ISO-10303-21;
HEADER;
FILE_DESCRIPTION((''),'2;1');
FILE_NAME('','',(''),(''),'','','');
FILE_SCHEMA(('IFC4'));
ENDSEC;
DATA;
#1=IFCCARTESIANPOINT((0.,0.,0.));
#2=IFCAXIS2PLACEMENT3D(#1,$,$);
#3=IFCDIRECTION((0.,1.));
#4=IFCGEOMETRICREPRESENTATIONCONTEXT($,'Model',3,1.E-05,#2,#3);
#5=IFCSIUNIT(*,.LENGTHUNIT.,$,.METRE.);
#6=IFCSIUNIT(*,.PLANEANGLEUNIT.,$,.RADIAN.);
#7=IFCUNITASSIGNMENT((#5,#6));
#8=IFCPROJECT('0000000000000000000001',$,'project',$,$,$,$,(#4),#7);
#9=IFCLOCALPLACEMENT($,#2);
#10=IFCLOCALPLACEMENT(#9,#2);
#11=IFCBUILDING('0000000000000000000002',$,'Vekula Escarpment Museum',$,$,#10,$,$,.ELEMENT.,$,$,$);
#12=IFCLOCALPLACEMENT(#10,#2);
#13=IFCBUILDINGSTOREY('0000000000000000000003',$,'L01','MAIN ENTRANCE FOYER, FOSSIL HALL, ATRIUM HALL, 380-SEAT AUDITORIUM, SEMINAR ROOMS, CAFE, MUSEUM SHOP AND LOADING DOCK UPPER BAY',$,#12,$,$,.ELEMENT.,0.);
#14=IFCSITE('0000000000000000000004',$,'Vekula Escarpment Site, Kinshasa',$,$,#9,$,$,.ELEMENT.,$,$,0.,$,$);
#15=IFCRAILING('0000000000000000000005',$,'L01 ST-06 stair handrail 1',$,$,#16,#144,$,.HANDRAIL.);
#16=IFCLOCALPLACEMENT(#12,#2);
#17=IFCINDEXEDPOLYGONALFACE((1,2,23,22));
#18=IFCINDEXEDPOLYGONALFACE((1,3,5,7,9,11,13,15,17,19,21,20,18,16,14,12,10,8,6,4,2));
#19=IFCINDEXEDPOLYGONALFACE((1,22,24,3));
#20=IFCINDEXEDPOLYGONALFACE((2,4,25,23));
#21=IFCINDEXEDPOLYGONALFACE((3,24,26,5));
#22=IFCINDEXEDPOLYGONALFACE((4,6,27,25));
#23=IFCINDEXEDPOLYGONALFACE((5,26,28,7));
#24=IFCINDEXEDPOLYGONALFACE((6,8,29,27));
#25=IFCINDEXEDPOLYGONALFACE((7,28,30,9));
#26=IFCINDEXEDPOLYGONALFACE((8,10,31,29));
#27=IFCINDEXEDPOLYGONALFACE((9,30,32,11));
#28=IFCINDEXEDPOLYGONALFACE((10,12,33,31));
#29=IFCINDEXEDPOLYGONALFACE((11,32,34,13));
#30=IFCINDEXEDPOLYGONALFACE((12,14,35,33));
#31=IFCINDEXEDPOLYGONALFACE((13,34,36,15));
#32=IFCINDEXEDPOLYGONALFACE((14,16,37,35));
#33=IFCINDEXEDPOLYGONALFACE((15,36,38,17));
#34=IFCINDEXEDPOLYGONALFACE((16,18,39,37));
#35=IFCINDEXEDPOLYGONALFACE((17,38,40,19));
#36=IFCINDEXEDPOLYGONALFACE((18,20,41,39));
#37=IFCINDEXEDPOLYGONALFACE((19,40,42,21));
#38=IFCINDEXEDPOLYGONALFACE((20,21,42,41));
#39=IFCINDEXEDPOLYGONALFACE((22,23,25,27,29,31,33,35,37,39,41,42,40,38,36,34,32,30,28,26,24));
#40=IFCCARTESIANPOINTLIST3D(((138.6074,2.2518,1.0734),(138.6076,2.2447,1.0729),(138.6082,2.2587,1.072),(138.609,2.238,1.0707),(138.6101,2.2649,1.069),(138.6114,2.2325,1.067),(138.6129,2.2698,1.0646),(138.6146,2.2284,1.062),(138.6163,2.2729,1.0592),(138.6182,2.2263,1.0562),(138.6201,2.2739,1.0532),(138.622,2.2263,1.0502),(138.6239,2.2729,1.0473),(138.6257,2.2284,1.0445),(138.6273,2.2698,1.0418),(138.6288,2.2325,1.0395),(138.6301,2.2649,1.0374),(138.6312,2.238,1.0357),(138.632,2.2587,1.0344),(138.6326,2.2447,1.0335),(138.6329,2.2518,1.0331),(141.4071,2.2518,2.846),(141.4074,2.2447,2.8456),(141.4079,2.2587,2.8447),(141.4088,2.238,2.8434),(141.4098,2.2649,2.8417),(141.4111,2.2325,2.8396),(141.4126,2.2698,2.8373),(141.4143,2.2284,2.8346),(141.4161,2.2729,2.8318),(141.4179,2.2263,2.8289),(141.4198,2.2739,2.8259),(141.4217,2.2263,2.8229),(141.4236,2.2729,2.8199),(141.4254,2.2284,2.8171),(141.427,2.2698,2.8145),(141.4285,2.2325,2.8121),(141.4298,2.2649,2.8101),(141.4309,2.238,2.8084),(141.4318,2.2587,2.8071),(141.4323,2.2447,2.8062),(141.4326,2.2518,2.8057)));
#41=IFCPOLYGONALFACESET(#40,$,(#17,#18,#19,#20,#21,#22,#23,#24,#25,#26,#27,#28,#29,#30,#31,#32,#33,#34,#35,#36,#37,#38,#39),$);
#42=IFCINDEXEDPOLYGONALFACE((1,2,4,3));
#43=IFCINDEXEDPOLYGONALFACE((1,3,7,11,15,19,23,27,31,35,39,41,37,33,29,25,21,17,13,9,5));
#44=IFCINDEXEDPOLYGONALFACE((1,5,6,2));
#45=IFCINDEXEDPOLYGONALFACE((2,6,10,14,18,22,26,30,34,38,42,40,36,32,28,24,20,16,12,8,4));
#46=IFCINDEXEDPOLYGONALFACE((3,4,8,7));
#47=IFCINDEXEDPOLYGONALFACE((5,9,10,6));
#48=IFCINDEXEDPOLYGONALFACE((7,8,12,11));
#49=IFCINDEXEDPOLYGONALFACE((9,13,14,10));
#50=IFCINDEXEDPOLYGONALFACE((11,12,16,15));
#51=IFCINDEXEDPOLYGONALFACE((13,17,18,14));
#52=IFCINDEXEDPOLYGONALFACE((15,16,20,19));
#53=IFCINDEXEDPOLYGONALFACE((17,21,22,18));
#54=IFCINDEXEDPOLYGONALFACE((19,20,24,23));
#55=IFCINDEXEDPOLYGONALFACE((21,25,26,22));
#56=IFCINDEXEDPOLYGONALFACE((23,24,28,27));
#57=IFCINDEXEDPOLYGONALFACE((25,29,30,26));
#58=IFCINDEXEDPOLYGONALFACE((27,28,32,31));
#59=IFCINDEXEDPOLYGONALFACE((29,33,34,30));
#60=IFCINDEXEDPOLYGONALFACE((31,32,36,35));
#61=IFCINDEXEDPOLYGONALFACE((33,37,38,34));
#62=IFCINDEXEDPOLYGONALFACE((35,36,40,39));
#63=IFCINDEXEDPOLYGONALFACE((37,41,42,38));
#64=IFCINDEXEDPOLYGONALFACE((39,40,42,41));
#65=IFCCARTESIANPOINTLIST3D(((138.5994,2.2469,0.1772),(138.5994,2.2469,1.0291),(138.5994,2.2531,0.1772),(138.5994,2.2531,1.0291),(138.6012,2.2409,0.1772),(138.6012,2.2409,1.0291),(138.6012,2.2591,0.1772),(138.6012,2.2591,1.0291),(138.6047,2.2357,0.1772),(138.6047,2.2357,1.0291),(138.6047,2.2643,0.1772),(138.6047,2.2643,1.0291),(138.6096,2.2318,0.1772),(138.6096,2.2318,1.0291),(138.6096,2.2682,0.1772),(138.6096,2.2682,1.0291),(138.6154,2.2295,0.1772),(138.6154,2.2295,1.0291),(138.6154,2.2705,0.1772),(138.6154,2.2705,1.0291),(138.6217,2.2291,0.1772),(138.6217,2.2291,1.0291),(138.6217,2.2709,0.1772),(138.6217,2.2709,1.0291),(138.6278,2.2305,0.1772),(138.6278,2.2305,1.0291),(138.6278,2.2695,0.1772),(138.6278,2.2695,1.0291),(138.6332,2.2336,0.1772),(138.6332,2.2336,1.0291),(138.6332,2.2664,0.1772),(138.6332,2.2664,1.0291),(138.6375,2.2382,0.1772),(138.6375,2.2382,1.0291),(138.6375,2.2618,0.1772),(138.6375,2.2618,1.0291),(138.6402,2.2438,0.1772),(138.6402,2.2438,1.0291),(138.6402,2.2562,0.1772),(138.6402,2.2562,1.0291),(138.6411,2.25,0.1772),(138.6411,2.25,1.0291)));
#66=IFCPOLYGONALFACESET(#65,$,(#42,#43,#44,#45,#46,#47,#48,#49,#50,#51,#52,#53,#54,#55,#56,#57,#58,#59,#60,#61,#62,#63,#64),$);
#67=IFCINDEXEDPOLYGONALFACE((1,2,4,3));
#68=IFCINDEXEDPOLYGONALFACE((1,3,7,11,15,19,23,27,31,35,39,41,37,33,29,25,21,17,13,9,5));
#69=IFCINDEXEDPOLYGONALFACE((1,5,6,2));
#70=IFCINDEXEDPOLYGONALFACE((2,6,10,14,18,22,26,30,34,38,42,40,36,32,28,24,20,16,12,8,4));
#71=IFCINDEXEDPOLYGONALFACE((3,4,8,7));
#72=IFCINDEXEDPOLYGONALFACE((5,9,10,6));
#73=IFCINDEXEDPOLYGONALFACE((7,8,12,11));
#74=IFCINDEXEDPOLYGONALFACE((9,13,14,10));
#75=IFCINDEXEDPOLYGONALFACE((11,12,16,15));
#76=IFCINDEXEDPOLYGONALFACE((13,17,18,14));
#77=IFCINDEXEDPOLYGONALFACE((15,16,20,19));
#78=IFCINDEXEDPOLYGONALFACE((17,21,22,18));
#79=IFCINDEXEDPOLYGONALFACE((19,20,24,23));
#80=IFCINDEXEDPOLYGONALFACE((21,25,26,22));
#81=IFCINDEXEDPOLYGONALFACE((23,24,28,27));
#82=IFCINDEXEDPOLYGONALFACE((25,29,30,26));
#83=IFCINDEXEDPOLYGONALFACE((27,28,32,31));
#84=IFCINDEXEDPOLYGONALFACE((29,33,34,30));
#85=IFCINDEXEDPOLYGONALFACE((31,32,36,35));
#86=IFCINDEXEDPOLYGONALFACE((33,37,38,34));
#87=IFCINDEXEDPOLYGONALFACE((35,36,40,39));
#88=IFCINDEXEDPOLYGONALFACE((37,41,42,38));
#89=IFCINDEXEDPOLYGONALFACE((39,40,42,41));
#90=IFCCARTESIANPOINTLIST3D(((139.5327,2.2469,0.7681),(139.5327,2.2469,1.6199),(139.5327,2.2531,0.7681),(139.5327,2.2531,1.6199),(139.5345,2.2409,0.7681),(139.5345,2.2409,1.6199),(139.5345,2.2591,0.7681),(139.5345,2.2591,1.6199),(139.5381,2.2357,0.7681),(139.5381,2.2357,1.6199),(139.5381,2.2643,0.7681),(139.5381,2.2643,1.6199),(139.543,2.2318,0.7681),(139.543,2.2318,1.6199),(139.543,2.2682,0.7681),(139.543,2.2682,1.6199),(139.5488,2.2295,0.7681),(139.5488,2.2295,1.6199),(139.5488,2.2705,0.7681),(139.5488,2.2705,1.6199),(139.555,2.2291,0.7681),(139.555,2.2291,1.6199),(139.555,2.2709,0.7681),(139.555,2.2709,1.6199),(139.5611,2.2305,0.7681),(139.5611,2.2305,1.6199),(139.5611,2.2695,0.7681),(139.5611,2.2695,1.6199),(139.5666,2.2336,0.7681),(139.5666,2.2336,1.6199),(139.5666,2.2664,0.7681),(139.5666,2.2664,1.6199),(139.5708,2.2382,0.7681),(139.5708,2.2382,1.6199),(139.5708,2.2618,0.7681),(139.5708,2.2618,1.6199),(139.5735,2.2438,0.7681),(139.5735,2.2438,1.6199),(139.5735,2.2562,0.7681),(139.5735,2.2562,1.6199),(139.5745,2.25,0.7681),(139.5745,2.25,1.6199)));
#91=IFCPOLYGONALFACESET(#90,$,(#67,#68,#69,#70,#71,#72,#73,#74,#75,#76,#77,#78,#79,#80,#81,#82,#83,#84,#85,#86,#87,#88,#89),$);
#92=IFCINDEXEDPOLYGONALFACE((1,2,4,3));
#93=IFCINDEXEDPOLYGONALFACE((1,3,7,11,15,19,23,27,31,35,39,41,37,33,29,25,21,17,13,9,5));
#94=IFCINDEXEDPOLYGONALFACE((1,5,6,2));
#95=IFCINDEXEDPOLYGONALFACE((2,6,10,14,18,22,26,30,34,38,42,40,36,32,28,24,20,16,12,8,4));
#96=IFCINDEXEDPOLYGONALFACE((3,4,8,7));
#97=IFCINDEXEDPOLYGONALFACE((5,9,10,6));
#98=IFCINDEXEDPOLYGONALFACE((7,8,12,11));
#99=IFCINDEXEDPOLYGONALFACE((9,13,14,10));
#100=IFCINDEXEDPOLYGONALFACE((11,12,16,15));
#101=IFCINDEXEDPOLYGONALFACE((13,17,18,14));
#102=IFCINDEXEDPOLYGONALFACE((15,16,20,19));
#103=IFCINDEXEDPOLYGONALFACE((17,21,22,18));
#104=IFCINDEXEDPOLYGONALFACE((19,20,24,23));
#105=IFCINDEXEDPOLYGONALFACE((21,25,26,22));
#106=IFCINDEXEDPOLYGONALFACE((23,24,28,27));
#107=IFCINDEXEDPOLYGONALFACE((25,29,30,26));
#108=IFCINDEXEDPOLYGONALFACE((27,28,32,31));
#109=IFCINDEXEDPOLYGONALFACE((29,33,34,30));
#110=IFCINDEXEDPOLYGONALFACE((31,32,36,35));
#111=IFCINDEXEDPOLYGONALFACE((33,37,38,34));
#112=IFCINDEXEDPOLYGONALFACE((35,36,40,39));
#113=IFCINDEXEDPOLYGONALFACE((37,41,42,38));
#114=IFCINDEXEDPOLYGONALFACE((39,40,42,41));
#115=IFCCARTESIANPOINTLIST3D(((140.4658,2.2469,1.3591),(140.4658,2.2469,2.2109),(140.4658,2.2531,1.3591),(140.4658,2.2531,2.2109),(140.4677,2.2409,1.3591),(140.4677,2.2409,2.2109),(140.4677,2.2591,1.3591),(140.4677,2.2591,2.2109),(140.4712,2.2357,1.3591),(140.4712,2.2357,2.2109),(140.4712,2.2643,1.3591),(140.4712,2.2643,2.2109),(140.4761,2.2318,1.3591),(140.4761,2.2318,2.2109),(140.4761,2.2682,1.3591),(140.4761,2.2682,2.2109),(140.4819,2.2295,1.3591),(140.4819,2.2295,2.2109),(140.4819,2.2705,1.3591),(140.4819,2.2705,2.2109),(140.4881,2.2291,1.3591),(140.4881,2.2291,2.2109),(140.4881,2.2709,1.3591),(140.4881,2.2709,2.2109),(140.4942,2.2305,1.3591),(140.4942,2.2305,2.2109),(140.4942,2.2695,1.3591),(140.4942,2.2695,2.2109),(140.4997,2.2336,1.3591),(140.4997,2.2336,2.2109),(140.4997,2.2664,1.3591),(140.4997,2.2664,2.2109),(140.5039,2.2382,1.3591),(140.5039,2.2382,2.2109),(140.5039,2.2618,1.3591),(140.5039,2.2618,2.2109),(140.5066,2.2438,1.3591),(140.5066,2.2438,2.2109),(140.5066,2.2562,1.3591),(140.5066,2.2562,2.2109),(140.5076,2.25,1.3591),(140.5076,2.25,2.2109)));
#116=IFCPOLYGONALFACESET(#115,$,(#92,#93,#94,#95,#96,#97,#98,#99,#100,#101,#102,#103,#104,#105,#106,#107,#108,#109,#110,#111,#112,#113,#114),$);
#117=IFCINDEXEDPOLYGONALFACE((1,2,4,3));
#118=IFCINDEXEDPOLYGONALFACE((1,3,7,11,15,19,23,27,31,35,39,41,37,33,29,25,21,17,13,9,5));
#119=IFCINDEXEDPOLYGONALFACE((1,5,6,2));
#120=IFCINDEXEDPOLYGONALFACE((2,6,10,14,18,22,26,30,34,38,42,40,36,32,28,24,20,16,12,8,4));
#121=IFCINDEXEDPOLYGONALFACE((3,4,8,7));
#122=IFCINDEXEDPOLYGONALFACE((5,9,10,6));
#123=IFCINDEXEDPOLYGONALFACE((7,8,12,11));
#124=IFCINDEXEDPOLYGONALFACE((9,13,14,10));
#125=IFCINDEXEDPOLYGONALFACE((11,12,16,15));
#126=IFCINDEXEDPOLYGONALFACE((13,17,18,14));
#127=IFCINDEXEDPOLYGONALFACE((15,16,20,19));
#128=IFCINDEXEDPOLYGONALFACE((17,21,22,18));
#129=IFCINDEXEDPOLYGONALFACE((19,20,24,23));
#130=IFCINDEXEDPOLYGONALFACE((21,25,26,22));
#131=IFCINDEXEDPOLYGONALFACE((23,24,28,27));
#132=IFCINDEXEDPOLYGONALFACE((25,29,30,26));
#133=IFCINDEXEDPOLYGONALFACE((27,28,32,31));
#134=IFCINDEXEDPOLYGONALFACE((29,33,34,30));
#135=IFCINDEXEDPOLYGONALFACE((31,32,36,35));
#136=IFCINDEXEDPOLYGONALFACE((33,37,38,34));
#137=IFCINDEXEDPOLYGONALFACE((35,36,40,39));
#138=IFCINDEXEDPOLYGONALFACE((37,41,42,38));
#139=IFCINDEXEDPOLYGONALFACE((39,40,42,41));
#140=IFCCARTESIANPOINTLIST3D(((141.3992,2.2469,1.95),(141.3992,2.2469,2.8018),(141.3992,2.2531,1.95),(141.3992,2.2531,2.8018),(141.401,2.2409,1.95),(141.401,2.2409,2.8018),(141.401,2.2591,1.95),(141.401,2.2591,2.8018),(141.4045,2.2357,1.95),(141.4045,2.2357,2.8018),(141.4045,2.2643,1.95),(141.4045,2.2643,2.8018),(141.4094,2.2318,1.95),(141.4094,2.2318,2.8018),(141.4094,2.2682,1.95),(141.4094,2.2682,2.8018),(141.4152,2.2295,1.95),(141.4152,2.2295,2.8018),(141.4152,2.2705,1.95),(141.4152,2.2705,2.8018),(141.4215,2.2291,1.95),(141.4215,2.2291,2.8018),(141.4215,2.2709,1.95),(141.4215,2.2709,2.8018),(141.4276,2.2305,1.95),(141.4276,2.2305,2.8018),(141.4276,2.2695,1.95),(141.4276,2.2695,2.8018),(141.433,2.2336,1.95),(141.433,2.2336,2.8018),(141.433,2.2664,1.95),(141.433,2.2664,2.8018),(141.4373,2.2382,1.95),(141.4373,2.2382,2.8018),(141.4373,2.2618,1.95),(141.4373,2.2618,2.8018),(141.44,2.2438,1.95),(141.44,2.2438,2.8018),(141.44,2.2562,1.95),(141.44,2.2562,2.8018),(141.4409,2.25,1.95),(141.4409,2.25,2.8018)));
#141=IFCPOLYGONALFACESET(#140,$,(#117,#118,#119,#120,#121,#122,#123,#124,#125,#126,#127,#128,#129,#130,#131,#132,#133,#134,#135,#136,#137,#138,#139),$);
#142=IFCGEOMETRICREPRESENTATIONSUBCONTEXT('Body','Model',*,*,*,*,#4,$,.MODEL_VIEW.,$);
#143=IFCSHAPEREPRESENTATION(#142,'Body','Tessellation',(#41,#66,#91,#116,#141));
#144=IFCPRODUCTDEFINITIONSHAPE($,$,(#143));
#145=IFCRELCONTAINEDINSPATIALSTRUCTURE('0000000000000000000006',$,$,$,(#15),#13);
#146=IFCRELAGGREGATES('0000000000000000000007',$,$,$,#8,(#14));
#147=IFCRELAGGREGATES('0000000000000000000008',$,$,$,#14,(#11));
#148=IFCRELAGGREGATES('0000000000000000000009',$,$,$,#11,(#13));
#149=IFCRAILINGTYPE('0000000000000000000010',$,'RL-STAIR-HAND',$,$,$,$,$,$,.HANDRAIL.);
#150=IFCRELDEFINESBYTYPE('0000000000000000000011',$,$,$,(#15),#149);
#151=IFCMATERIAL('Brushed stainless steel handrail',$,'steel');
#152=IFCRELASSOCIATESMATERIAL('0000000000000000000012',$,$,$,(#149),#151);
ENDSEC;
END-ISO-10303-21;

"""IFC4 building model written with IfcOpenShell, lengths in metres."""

from ifc_helpers import new_model, si_unit, direction, frame, origin, origin_2d, place, context, subcontext, project, spatial, circle, extrude, material, type_object, element, save


model = new_model("IFC4")

# Units and contexts
model_context = context("Model", 3, precision=1e-05, world=origin(), true_north=direction((0.0, 1.0)))
body_context = subcontext(model_context, "Body", "Model", "MODEL_VIEW")
ifc_project = project(units=[si_unit("LENGTHUNIT", "METRE"), si_unit("PLANEANGLEUNIT", "RADIAN")], contexts=[model_context])

# Site, building, storey
site_placement = place(None, origin())
site = spatial("IfcSite", under=ifc_project, at=site_placement, Name="Vekula Escarpment Site, Kinshasa", CompositionType="ELEMENT", RefElevation=0.0)
building_placement = place(site_placement, origin())
building = spatial("IfcBuilding", under=site, at=building_placement, Name="Vekula Escarpment Museum", CompositionType="ELEMENT")
storey_placement = place(building_placement, origin())
storey = spatial("IfcBuildingStorey", under=building, at=storey_placement, Name="L01", Description="MAIN ENTRANCE FOYER, FOSSIL HALL, ATRIUM HALL, 380-SEAT AUDITORIUM, SEMINAR ROOMS, CAFE, MUSEUM SHOP AND LOADING DOCK UPPER BAY", CompositionType="ELEMENT", Elevation=0.0)

# Railing
ifc_material_1 = material(Name="Brushed stainless steel handrail", Category="steel")
railing_type_1 = type_object("IfcRailingType", Name="RL-STAIR-HAND", PredefinedType="HANDRAIL", material=ifc_material_1)
for number, where, name in (
    (1, (138.6201, 2.25, 0.1772), "L01 ST-06 stair handrail 1"),
):
    element("IfcRailing", number, at=place(storey_placement, frame(where)), inside=storey, type_object=railing_type_1, Name=name, PredefinedType="HANDRAIL", context=body_context, shape_type="SweptSolid", body=[
        extrude(circle(Radius=0.0239, at=origin_2d()), frame((0.0, 0.0, 0.876), z_axis=(0.844888, 0.0, 0.534943), x_axis=(0.0, 1.0, 0.0)), (0.0, 0.0, 1.0), 3.3137),
        extrude(circle(Radius=0.021, at=origin_2d()), origin(), (0.0, 0.0, 1.0), 0.8518),
        extrude(circle(Radius=0.021, at=origin_2d()), frame((0.9333, 0.0, 0.5908)), (0.0, 0.0, 1.0), 0.8518),
        extrude(circle(Radius=0.021, at=origin_2d()), frame((1.8665, 0.0, 1.1819)), (0.0, 0.0, 1.0), 0.8518),
        extrude(circle(Radius=0.021, at=origin_2d()), frame((2.7998, 0.0, 1.7727)), (0.0, 0.0, 1.0), 0.8518),
    ])

save(model, "model.ifc")
